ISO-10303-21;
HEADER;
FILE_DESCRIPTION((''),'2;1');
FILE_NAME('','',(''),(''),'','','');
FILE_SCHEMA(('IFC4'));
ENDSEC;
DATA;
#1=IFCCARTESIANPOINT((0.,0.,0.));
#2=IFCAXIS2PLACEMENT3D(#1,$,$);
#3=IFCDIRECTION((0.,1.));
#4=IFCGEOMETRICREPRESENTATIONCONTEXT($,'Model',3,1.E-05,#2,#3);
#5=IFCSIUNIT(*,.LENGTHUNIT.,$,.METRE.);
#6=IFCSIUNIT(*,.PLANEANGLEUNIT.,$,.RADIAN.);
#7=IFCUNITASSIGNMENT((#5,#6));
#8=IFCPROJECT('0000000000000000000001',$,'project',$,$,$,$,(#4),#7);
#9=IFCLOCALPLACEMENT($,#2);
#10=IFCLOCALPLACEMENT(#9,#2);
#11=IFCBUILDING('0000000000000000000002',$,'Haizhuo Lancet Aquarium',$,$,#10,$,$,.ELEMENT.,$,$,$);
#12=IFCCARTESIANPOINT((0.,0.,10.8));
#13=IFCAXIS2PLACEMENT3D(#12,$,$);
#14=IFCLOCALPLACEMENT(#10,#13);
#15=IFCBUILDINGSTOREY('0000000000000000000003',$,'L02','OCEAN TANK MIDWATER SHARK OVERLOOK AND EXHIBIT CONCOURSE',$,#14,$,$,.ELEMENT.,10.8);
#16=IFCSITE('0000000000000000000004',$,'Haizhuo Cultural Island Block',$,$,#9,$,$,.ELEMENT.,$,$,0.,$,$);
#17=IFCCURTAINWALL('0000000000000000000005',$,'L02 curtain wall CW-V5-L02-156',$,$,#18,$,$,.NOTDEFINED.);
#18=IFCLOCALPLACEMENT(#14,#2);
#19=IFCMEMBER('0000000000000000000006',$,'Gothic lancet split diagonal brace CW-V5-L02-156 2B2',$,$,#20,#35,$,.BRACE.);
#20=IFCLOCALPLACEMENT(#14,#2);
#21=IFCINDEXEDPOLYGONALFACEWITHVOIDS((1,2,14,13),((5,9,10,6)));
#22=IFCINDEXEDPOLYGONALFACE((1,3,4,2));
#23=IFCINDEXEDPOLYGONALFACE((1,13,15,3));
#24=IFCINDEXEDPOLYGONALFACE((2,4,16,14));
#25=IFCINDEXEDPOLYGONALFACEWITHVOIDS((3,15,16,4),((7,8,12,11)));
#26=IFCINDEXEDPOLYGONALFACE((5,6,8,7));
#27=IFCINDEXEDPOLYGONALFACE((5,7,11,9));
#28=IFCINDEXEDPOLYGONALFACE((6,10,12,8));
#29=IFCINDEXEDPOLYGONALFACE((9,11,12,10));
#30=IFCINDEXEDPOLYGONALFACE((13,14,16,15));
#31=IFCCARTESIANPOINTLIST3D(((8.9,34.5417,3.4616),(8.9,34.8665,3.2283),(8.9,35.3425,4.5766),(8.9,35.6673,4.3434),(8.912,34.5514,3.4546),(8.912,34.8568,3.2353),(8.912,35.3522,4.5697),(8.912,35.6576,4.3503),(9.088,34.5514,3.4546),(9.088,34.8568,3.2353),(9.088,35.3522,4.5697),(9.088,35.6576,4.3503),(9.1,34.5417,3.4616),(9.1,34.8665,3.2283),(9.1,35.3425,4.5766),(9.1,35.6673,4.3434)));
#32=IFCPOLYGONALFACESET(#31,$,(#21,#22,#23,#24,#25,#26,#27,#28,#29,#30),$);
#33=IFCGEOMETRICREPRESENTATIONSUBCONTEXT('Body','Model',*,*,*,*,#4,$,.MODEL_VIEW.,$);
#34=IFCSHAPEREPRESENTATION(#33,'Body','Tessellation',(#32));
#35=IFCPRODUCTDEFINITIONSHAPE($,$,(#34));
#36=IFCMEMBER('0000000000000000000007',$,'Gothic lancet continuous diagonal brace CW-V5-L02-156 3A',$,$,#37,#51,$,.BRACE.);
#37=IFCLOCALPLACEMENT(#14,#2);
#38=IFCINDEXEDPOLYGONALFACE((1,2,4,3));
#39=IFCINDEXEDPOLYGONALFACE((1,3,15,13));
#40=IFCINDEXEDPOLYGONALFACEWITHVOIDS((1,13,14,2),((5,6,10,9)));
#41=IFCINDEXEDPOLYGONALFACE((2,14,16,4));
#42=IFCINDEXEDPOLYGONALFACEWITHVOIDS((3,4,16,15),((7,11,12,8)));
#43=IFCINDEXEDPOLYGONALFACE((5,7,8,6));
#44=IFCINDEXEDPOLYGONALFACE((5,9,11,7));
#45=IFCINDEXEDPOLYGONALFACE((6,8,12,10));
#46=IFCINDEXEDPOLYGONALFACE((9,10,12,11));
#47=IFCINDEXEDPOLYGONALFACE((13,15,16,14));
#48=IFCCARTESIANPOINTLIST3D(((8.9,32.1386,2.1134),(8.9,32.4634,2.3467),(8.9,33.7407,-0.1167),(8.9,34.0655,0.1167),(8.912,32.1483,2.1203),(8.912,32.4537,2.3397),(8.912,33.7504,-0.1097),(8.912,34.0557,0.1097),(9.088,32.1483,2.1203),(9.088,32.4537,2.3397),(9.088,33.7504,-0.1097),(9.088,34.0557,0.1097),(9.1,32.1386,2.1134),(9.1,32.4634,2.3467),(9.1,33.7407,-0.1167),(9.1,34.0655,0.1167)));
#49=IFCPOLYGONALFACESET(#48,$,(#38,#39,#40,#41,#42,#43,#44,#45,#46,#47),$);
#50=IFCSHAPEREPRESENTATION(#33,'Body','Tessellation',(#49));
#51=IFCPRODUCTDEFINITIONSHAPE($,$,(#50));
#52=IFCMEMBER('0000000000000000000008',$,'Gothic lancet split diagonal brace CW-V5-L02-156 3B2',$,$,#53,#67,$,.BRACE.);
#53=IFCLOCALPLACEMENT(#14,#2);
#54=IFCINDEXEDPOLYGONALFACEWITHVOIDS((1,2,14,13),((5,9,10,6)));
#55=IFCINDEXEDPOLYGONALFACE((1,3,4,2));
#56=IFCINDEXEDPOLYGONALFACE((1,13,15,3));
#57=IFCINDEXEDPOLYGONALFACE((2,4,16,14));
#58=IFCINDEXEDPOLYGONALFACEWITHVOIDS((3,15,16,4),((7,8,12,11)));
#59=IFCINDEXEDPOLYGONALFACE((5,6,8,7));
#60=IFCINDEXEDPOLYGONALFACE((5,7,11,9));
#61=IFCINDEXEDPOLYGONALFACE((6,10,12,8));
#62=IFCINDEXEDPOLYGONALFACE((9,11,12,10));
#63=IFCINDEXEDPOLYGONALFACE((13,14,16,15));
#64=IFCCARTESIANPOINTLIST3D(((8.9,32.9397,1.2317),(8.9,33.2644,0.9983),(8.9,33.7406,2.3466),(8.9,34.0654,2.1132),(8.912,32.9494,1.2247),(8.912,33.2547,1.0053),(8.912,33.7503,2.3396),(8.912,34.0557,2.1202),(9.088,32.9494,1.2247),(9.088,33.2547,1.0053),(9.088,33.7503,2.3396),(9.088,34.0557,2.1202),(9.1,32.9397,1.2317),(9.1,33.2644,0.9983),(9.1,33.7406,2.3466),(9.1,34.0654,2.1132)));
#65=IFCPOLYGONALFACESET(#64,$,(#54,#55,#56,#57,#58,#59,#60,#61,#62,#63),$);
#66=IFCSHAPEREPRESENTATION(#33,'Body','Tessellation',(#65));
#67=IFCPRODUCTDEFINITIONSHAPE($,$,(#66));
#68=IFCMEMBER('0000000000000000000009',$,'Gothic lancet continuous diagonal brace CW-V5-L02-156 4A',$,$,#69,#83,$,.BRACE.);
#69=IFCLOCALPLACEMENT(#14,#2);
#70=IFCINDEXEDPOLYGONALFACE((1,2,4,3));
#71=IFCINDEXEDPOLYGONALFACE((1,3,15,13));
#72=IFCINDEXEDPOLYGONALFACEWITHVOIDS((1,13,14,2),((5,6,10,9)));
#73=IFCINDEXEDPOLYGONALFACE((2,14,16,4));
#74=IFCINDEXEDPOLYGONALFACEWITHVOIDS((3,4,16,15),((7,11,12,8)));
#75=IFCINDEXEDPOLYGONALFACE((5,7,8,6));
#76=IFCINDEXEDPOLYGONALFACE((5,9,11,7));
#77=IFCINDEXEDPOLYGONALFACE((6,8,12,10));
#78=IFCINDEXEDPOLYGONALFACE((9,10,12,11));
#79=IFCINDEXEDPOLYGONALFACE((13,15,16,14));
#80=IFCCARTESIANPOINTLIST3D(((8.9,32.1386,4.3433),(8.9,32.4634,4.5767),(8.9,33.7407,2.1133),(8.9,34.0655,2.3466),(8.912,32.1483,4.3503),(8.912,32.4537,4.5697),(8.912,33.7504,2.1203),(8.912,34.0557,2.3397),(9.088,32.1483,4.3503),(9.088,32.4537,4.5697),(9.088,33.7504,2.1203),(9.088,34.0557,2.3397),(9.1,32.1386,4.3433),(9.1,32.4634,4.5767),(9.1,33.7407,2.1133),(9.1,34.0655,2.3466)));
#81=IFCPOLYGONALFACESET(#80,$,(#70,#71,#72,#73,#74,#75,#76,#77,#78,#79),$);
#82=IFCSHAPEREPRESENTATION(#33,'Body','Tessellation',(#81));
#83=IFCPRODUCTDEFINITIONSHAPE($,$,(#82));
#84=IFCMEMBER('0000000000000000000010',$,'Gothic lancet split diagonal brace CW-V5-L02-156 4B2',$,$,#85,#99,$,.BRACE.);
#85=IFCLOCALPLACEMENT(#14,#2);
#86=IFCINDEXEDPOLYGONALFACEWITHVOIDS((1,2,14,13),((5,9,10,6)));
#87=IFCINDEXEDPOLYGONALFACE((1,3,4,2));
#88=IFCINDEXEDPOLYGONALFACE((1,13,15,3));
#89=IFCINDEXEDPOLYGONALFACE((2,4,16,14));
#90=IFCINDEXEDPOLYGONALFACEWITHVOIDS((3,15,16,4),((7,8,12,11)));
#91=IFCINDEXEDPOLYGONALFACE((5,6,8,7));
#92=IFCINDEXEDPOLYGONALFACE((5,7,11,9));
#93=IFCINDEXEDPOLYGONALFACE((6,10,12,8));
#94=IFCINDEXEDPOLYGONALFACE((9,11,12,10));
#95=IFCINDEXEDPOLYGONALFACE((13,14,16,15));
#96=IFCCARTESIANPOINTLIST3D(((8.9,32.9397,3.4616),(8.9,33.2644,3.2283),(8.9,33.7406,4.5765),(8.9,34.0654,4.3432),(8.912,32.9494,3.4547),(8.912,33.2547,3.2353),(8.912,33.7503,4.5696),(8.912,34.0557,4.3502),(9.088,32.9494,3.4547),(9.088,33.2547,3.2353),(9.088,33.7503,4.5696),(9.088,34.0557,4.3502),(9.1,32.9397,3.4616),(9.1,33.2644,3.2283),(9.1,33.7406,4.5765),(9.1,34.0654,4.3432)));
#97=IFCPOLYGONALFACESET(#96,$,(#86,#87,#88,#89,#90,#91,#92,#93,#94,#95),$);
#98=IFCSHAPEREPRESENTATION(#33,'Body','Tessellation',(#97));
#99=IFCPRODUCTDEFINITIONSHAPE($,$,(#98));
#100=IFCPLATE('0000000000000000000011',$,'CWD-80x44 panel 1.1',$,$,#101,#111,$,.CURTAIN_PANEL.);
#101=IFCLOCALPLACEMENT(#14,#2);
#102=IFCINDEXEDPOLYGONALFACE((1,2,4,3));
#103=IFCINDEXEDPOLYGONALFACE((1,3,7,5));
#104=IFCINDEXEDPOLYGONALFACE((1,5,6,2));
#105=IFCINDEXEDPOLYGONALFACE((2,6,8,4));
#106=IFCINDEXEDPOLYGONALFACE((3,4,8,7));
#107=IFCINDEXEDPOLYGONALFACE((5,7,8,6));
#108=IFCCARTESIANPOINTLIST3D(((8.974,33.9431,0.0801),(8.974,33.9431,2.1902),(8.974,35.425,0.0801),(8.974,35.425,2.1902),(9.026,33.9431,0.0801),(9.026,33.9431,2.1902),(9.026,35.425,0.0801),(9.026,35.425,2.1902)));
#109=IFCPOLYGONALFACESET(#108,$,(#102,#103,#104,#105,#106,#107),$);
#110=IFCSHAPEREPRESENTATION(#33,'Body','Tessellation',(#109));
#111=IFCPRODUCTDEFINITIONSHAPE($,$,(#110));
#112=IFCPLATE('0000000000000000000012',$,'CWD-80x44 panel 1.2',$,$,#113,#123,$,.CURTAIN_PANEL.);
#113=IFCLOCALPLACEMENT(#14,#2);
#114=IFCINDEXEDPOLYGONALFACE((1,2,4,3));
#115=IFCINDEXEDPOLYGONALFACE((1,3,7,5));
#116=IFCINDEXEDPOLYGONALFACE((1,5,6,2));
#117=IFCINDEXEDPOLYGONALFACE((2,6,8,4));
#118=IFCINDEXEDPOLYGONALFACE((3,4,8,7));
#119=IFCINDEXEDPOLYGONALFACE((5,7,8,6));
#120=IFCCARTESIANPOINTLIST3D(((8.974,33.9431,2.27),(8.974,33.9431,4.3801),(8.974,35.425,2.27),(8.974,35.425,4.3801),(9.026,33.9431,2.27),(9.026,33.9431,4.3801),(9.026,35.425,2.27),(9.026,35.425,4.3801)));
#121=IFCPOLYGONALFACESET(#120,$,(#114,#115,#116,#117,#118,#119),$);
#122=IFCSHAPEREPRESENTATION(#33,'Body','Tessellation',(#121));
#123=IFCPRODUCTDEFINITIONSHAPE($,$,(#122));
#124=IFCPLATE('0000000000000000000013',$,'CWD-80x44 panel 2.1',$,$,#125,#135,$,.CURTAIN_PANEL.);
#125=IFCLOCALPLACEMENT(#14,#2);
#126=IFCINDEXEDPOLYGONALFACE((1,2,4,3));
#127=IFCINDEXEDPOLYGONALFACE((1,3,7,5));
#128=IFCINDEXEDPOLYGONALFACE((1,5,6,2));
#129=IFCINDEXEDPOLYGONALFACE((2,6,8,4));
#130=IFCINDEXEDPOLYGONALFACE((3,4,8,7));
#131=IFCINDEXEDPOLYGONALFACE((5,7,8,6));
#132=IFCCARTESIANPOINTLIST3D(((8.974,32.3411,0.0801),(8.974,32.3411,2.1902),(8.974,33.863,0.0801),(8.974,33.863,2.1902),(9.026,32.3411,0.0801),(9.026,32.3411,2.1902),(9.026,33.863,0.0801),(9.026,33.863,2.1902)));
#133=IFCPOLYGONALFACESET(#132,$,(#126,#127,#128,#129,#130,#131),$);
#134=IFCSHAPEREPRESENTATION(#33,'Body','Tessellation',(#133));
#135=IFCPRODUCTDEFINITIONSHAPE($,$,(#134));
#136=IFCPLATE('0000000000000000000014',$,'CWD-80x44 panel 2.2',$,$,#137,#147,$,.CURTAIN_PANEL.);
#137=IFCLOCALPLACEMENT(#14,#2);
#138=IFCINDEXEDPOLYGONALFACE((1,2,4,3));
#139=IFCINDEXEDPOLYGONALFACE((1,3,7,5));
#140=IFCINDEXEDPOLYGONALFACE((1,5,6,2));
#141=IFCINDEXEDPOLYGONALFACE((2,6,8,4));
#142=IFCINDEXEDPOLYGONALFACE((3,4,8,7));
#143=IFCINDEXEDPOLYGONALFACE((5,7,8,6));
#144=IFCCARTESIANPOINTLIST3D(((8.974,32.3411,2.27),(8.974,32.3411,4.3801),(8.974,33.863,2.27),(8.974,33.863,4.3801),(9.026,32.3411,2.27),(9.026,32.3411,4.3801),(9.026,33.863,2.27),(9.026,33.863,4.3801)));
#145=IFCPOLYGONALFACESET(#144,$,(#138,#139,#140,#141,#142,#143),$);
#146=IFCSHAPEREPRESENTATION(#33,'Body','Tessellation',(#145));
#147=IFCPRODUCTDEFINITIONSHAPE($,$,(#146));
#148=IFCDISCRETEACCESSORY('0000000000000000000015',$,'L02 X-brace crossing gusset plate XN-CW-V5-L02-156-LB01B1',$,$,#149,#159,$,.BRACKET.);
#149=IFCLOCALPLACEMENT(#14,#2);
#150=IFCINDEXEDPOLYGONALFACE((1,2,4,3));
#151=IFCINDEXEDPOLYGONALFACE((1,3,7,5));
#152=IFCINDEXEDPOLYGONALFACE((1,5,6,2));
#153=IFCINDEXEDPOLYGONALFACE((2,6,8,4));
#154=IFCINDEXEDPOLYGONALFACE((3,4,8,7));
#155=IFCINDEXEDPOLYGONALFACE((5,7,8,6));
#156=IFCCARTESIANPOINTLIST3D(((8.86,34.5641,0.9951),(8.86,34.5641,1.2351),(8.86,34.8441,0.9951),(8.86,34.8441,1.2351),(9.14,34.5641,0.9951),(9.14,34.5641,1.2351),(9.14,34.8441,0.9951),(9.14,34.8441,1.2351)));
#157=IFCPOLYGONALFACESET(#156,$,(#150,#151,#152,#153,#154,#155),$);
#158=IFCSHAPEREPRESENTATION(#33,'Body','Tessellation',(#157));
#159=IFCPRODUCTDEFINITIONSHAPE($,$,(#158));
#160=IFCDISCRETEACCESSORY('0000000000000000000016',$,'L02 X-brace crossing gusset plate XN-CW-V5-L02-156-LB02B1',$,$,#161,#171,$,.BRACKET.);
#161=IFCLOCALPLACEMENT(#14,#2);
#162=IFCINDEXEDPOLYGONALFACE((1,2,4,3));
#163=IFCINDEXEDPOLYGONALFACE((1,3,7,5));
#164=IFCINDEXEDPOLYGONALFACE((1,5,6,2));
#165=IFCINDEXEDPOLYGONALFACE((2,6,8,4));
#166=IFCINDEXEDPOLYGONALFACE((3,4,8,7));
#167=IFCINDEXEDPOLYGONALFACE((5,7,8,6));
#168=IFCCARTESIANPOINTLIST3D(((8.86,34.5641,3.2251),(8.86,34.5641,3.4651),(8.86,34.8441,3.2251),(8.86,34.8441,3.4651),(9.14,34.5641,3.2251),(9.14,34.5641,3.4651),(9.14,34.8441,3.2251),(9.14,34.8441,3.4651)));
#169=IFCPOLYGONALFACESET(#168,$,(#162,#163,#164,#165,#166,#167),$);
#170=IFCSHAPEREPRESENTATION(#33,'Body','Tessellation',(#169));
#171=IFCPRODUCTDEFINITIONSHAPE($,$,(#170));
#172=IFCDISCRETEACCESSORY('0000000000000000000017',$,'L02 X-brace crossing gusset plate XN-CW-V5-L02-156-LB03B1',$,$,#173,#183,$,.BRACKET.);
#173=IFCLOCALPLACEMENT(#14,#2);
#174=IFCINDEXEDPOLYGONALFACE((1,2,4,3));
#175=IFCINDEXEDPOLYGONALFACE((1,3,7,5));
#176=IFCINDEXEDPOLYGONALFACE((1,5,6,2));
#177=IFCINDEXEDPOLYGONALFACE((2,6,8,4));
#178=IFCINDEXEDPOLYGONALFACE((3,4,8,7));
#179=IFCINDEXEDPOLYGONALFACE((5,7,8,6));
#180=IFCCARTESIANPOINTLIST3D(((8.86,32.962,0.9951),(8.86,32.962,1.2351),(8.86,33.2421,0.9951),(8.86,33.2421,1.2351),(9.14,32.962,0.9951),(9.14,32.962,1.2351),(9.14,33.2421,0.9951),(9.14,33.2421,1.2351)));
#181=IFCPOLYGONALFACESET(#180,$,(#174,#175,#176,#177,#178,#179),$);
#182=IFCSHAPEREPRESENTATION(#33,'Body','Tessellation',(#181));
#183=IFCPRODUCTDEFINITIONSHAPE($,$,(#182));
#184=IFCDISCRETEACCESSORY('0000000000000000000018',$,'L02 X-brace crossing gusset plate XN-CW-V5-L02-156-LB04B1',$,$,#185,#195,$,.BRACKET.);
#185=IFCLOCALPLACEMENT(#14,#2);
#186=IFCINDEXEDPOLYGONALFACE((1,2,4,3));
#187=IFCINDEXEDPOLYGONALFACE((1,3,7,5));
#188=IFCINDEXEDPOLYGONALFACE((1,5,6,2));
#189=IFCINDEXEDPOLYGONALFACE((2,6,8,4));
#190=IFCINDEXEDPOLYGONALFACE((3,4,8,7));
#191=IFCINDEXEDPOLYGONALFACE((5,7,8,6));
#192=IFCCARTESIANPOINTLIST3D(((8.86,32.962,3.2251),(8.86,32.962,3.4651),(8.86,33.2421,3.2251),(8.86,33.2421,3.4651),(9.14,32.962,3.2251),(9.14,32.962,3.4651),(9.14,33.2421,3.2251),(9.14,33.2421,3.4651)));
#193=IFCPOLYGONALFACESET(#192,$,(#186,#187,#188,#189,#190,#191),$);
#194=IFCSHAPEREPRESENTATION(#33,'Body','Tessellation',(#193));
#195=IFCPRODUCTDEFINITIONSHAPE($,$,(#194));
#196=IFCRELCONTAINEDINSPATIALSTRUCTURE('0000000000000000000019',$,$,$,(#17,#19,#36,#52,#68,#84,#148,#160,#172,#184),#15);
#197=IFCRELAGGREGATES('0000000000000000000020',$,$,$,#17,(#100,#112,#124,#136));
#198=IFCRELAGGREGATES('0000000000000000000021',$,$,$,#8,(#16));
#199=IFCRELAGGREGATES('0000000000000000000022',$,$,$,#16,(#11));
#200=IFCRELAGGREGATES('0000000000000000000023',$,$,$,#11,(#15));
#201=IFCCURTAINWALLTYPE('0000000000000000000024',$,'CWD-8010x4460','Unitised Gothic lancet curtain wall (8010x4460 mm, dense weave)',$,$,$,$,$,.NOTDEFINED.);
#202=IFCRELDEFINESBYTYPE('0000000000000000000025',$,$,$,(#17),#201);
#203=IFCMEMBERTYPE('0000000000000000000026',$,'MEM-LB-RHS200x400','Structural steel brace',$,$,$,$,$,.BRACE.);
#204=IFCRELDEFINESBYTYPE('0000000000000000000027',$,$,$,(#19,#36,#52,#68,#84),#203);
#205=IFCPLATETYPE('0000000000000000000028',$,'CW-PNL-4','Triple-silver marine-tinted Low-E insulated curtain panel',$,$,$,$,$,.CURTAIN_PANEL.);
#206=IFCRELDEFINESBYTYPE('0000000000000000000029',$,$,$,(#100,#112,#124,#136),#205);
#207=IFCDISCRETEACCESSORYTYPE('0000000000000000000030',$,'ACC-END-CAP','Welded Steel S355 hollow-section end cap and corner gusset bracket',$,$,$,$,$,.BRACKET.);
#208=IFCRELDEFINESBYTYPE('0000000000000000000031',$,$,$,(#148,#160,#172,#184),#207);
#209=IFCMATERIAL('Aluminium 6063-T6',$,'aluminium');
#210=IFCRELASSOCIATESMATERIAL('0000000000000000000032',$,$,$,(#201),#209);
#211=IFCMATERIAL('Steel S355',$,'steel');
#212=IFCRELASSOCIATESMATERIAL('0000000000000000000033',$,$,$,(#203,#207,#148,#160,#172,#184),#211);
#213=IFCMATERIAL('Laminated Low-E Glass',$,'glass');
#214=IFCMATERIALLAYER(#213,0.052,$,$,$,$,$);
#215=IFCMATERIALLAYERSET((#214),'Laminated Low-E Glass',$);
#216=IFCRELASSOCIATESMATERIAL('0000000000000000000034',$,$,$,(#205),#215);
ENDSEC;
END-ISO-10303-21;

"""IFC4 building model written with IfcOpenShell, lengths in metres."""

from ifc_helpers import new_model, si_unit, direction, frame, origin, origin_2d, place, context, subcontext, project, spatial, rectangle, hollow_rectangle, extrude, material, layer, layer_set, material_profile, profile_set, type_object, element, aggregate, save


model = new_model("IFC4")

# Units and contexts
model_context = context("Model", 3, precision=1e-05, world=origin(), true_north=direction((0.0, 1.0)))
body_context = subcontext(model_context, "Body", "Model", "MODEL_VIEW")
ifc_project = project(units=[si_unit("LENGTHUNIT", "METRE"), si_unit("PLANEANGLEUNIT", "RADIAN")], contexts=[model_context])

# Site, building, storey
site_placement = place(None, origin())
site = spatial("IfcSite", under=ifc_project, at=site_placement, Name="Haizhuo Cultural Island Block", CompositionType="ELEMENT", RefElevation=0.0)
building_placement = place(site_placement, origin())
building = spatial("IfcBuilding", under=site, at=building_placement, Name="Haizhuo Lancet Aquarium", CompositionType="ELEMENT")
storey_placement = place(building_placement, frame((0.0, 0.0, 10.8)))
storey = spatial("IfcBuildingStorey", under=building, at=storey_placement, Name="L02", Description="OCEAN TANK MIDWATER SHARK OVERLOOK AND EXHIBIT CONCOURSE", CompositionType="ELEMENT", Elevation=10.8)

# Curtain wall
ifc_material_1 = material(Name="Aluminium 6063-T6", Category="aluminium")
curtain_wall_type = type_object("IfcCurtainWallType", Name="CWD-8010x4460", Description="Unitised Gothic lancet curtain wall (8010x4460 mm, dense weave)", PredefinedType="NOTDEFINED", material=ifc_material_1)
curtain_wall_placement = place(storey_placement, origin())
curtain_wall = element("IfcCurtainWall", 1, at=curtain_wall_placement, inside=storey, type_object=curtain_wall_type, Name="L02 curtain wall CW-V5-L02-156", PredefinedType="NOTDEFINED")

# Members
ifc_material_2 = material(Name="Steel S355", Category="steel")
ifc_material_profile_1 = material_profile(ifc_material_2, hollow_rectangle(XDim=0.2, YDim=0.3999, WallThickness=0.012, at=origin_2d()), Name="RHS 200x400x12")
ifc_profile_set_1 = profile_set([ifc_material_profile_1], Name="Steel S355")
member_type_1 = type_object("IfcMemberType", Name="MEM-LB-RHS200x400", Description="Structural steel brace", PredefinedType="BRACE", material=ifc_profile_set_1)
for number, where, z_axis, x_axis, name in (
    (2, (9.0, 34.7041, 3.345), (0.0, 0.583339, 0.812229), (-1.0, 0.0, 0.0), "Gothic lancet split diagonal brace CW-V5-L02-156 2B2"),
):
    element("IfcMember", number, at=place(storey_placement, frame(where, z_axis=z_axis, x_axis=x_axis)), inside=storey, type_object=member_type_1, Name=name, PredefinedType="BRACE", context=body_context, shape_type="SweptSolid", body=[
        extrude(hollow_rectangle(XDim=0.2, YDim=0.3999, WallThickness=0.012, at=origin_2d()), origin(), (0.0, 0.0, 1.0), 1.3728),
    ])
member_1_placement = place(storey_placement, frame((9.0, 33.9031, 0.0), z_axis=(0.0, -0.583456, 0.812144), x_axis=(1.0, 0.0, 0.0)))
element("IfcMember", 3, at=member_1_placement, inside=storey, type_object=member_type_1, Name="Gothic lancet continuous diagonal brace CW-V5-L02-156 3A", PredefinedType="BRACE", context=body_context, shape_type="SweptSolid", body=[
    extrude(hollow_rectangle(XDim=0.2, YDim=0.3999, WallThickness=0.012, at=origin_2d()), origin(), (0.0, 0.0, 1.0), 2.7458),
])
member_2_placement = place(storey_placement, frame((9.0, 33.1021, 1.115), z_axis=(0.0, 0.583456, 0.812144), x_axis=(-1.0, 0.0, 0.0)))
element("IfcMember", 4, at=member_2_placement, inside=storey, type_object=member_type_1, Name="Gothic lancet split diagonal brace CW-V5-L02-156 3B2", PredefinedType="BRACE", context=body_context, shape_type="SweptSolid", body=[
    extrude(hollow_rectangle(XDim=0.2, YDim=0.3999, WallThickness=0.012, at=origin_2d()), origin(), (0.0, 0.0, 1.0), 1.3728),
])
member_3_placement = place(storey_placement, frame((9.0, 33.9031, 2.23), z_axis=(0.0, -0.583456, 0.812144), x_axis=(1.0, 0.0, 0.0)))
element("IfcMember", 5, at=member_3_placement, inside=storey, type_object=member_type_1, Name="Gothic lancet continuous diagonal brace CW-V5-L02-156 4A", PredefinedType="BRACE", context=body_context, shape_type="SweptSolid", body=[
    extrude(hollow_rectangle(XDim=0.2, YDim=0.3999, WallThickness=0.012, at=origin_2d()), origin(), (0.0, 0.0, 1.0), 2.7458),
])
member_4_placement = place(storey_placement, frame((9.0, 33.1021, 3.345), z_axis=(0.0, 0.583456, 0.812144), x_axis=(-1.0, 0.0, 0.0)))
element("IfcMember", 6, at=member_4_placement, inside=storey, type_object=member_type_1, Name="Gothic lancet split diagonal brace CW-V5-L02-156 4B2", PredefinedType="BRACE", context=body_context, shape_type="SweptSolid", body=[
    extrude(hollow_rectangle(XDim=0.2, YDim=0.3999, WallThickness=0.012, at=origin_2d()), origin(), (0.0, 0.0, 1.0), 1.3728),
])

# Plates
ifc_material_3 = material(Name="Laminated Low-E Glass", Category="glass")
ifc_layer = layer(ifc_material_3, 0.052)
ifc_layer_set = layer_set([ifc_layer], Name="Laminated Low-E Glass")
plate_type = type_object("IfcPlateType", Name="CW-PNL-4", Description="Triple-silver marine-tinted Low-E insulated curtain panel", PredefinedType="CURTAIN_PANEL", material=ifc_layer_set)
plate_1_placement = place(storey_placement, frame((9.0, 34.6841, 0.0801), z_axis=(0.0, 0.0, 1.0), x_axis=(0.0, -1.0, 0.0)))
plate_1 = element("IfcPlate", 7, at=plate_1_placement, type_object=plate_type, Name="CWD-80x44 panel 1.1", PredefinedType="CURTAIN_PANEL", context=body_context, shape_type="SweptSolid", body=[
    extrude(rectangle(XDim=1.4819, YDim=0.052, at=origin_2d()), origin(), (0.0, 0.0, 1.0), 2.1101),
])
plate_2_placement = place(storey_placement, frame((9.0, 34.6841, 2.27), z_axis=(0.0, 0.0, 1.0), x_axis=(0.0, -1.0, 0.0)))
plate_2 = element("IfcPlate", 8, at=plate_2_placement, type_object=plate_type, Name="CWD-80x44 panel 1.2", PredefinedType="CURTAIN_PANEL", context=body_context, shape_type="SweptSolid", body=[
    extrude(rectangle(XDim=1.4819, YDim=0.052, at=origin_2d()), origin(), (0.0, 0.0, 1.0), 2.1101),
])
plate_3_placement = place(storey_placement, frame((9.0, 33.1021, 0.0801), z_axis=(0.0, 0.0, 1.0), x_axis=(0.0, -1.0, 0.0)))
plate_3 = element("IfcPlate", 9, at=plate_3_placement, type_object=plate_type, Name="CWD-80x44 panel 2.1", PredefinedType="CURTAIN_PANEL", context=body_context, shape_type="SweptSolid", body=[
    extrude(rectangle(XDim=1.522, YDim=0.052, at=origin_2d()), origin(), (0.0, 0.0, 1.0), 2.1101),
])
plate_4_placement = place(storey_placement, frame((9.0, 33.1021, 2.27), z_axis=(0.0, 0.0, 1.0), x_axis=(0.0, -1.0, 0.0)))
plate_4 = element("IfcPlate", 10, at=plate_4_placement, type_object=plate_type, Name="CWD-80x44 panel 2.2", PredefinedType="CURTAIN_PANEL", context=body_context, shape_type="SweptSolid", body=[
    extrude(rectangle(XDim=1.522, YDim=0.052, at=origin_2d()), origin(), (0.0, 0.0, 1.0), 2.1101),
])
aggregate(curtain_wall, [plate_1, plate_2, plate_3, plate_4])

# Discrete accessories
discrete_accessory_type = type_object("IfcDiscreteAccessoryType", Name="ACC-END-CAP", Description="Welded Steel S355 hollow-section end cap and corner gusset bracket", PredefinedType="BRACKET", material=ifc_material_2)
for number, where, z_axis, x_axis, name in (
    (11, (9.0, 34.7041, 0.9951), (0.0, 0.0, 1.0), (1.0, 0.0, 0.0), "L02 X-brace crossing gusset plate XN-CW-V5-L02-156-LB01B1"),
    (12, (9.0, 34.7041, 3.2251), (0.0, 0.0, 1.0), (1.0, 0.0, 0.0), "L02 X-brace crossing gusset plate XN-CW-V5-L02-156-LB02B1"),
    (13, (9.0, 33.1021, 0.9951), (0.0, 0.0, 1.0), (1.0, 0.0, 0.0), "L02 X-brace crossing gusset plate XN-CW-V5-L02-156-LB03B1"),
    (14, (9.0, 33.1021, 3.2251), (0.0, 0.0, 1.0), (1.0, 0.0, 0.0), "L02 X-brace crossing gusset plate XN-CW-V5-L02-156-LB04B1"),
):
    element("IfcDiscreteAccessory", number, at=place(storey_placement, frame(where, z_axis=z_axis, x_axis=x_axis)), inside=storey, type_object=discrete_accessory_type, material=ifc_material_2, Name=name, PredefinedType="BRACKET", context=body_context, shape_type="SweptSolid", body=[
        extrude(rectangle(XDim=0.28, YDim=0.28, at=origin_2d()), origin(), (0.0, 0.0, 1.0), 0.24),
    ])

save(model, "model.ifc")
